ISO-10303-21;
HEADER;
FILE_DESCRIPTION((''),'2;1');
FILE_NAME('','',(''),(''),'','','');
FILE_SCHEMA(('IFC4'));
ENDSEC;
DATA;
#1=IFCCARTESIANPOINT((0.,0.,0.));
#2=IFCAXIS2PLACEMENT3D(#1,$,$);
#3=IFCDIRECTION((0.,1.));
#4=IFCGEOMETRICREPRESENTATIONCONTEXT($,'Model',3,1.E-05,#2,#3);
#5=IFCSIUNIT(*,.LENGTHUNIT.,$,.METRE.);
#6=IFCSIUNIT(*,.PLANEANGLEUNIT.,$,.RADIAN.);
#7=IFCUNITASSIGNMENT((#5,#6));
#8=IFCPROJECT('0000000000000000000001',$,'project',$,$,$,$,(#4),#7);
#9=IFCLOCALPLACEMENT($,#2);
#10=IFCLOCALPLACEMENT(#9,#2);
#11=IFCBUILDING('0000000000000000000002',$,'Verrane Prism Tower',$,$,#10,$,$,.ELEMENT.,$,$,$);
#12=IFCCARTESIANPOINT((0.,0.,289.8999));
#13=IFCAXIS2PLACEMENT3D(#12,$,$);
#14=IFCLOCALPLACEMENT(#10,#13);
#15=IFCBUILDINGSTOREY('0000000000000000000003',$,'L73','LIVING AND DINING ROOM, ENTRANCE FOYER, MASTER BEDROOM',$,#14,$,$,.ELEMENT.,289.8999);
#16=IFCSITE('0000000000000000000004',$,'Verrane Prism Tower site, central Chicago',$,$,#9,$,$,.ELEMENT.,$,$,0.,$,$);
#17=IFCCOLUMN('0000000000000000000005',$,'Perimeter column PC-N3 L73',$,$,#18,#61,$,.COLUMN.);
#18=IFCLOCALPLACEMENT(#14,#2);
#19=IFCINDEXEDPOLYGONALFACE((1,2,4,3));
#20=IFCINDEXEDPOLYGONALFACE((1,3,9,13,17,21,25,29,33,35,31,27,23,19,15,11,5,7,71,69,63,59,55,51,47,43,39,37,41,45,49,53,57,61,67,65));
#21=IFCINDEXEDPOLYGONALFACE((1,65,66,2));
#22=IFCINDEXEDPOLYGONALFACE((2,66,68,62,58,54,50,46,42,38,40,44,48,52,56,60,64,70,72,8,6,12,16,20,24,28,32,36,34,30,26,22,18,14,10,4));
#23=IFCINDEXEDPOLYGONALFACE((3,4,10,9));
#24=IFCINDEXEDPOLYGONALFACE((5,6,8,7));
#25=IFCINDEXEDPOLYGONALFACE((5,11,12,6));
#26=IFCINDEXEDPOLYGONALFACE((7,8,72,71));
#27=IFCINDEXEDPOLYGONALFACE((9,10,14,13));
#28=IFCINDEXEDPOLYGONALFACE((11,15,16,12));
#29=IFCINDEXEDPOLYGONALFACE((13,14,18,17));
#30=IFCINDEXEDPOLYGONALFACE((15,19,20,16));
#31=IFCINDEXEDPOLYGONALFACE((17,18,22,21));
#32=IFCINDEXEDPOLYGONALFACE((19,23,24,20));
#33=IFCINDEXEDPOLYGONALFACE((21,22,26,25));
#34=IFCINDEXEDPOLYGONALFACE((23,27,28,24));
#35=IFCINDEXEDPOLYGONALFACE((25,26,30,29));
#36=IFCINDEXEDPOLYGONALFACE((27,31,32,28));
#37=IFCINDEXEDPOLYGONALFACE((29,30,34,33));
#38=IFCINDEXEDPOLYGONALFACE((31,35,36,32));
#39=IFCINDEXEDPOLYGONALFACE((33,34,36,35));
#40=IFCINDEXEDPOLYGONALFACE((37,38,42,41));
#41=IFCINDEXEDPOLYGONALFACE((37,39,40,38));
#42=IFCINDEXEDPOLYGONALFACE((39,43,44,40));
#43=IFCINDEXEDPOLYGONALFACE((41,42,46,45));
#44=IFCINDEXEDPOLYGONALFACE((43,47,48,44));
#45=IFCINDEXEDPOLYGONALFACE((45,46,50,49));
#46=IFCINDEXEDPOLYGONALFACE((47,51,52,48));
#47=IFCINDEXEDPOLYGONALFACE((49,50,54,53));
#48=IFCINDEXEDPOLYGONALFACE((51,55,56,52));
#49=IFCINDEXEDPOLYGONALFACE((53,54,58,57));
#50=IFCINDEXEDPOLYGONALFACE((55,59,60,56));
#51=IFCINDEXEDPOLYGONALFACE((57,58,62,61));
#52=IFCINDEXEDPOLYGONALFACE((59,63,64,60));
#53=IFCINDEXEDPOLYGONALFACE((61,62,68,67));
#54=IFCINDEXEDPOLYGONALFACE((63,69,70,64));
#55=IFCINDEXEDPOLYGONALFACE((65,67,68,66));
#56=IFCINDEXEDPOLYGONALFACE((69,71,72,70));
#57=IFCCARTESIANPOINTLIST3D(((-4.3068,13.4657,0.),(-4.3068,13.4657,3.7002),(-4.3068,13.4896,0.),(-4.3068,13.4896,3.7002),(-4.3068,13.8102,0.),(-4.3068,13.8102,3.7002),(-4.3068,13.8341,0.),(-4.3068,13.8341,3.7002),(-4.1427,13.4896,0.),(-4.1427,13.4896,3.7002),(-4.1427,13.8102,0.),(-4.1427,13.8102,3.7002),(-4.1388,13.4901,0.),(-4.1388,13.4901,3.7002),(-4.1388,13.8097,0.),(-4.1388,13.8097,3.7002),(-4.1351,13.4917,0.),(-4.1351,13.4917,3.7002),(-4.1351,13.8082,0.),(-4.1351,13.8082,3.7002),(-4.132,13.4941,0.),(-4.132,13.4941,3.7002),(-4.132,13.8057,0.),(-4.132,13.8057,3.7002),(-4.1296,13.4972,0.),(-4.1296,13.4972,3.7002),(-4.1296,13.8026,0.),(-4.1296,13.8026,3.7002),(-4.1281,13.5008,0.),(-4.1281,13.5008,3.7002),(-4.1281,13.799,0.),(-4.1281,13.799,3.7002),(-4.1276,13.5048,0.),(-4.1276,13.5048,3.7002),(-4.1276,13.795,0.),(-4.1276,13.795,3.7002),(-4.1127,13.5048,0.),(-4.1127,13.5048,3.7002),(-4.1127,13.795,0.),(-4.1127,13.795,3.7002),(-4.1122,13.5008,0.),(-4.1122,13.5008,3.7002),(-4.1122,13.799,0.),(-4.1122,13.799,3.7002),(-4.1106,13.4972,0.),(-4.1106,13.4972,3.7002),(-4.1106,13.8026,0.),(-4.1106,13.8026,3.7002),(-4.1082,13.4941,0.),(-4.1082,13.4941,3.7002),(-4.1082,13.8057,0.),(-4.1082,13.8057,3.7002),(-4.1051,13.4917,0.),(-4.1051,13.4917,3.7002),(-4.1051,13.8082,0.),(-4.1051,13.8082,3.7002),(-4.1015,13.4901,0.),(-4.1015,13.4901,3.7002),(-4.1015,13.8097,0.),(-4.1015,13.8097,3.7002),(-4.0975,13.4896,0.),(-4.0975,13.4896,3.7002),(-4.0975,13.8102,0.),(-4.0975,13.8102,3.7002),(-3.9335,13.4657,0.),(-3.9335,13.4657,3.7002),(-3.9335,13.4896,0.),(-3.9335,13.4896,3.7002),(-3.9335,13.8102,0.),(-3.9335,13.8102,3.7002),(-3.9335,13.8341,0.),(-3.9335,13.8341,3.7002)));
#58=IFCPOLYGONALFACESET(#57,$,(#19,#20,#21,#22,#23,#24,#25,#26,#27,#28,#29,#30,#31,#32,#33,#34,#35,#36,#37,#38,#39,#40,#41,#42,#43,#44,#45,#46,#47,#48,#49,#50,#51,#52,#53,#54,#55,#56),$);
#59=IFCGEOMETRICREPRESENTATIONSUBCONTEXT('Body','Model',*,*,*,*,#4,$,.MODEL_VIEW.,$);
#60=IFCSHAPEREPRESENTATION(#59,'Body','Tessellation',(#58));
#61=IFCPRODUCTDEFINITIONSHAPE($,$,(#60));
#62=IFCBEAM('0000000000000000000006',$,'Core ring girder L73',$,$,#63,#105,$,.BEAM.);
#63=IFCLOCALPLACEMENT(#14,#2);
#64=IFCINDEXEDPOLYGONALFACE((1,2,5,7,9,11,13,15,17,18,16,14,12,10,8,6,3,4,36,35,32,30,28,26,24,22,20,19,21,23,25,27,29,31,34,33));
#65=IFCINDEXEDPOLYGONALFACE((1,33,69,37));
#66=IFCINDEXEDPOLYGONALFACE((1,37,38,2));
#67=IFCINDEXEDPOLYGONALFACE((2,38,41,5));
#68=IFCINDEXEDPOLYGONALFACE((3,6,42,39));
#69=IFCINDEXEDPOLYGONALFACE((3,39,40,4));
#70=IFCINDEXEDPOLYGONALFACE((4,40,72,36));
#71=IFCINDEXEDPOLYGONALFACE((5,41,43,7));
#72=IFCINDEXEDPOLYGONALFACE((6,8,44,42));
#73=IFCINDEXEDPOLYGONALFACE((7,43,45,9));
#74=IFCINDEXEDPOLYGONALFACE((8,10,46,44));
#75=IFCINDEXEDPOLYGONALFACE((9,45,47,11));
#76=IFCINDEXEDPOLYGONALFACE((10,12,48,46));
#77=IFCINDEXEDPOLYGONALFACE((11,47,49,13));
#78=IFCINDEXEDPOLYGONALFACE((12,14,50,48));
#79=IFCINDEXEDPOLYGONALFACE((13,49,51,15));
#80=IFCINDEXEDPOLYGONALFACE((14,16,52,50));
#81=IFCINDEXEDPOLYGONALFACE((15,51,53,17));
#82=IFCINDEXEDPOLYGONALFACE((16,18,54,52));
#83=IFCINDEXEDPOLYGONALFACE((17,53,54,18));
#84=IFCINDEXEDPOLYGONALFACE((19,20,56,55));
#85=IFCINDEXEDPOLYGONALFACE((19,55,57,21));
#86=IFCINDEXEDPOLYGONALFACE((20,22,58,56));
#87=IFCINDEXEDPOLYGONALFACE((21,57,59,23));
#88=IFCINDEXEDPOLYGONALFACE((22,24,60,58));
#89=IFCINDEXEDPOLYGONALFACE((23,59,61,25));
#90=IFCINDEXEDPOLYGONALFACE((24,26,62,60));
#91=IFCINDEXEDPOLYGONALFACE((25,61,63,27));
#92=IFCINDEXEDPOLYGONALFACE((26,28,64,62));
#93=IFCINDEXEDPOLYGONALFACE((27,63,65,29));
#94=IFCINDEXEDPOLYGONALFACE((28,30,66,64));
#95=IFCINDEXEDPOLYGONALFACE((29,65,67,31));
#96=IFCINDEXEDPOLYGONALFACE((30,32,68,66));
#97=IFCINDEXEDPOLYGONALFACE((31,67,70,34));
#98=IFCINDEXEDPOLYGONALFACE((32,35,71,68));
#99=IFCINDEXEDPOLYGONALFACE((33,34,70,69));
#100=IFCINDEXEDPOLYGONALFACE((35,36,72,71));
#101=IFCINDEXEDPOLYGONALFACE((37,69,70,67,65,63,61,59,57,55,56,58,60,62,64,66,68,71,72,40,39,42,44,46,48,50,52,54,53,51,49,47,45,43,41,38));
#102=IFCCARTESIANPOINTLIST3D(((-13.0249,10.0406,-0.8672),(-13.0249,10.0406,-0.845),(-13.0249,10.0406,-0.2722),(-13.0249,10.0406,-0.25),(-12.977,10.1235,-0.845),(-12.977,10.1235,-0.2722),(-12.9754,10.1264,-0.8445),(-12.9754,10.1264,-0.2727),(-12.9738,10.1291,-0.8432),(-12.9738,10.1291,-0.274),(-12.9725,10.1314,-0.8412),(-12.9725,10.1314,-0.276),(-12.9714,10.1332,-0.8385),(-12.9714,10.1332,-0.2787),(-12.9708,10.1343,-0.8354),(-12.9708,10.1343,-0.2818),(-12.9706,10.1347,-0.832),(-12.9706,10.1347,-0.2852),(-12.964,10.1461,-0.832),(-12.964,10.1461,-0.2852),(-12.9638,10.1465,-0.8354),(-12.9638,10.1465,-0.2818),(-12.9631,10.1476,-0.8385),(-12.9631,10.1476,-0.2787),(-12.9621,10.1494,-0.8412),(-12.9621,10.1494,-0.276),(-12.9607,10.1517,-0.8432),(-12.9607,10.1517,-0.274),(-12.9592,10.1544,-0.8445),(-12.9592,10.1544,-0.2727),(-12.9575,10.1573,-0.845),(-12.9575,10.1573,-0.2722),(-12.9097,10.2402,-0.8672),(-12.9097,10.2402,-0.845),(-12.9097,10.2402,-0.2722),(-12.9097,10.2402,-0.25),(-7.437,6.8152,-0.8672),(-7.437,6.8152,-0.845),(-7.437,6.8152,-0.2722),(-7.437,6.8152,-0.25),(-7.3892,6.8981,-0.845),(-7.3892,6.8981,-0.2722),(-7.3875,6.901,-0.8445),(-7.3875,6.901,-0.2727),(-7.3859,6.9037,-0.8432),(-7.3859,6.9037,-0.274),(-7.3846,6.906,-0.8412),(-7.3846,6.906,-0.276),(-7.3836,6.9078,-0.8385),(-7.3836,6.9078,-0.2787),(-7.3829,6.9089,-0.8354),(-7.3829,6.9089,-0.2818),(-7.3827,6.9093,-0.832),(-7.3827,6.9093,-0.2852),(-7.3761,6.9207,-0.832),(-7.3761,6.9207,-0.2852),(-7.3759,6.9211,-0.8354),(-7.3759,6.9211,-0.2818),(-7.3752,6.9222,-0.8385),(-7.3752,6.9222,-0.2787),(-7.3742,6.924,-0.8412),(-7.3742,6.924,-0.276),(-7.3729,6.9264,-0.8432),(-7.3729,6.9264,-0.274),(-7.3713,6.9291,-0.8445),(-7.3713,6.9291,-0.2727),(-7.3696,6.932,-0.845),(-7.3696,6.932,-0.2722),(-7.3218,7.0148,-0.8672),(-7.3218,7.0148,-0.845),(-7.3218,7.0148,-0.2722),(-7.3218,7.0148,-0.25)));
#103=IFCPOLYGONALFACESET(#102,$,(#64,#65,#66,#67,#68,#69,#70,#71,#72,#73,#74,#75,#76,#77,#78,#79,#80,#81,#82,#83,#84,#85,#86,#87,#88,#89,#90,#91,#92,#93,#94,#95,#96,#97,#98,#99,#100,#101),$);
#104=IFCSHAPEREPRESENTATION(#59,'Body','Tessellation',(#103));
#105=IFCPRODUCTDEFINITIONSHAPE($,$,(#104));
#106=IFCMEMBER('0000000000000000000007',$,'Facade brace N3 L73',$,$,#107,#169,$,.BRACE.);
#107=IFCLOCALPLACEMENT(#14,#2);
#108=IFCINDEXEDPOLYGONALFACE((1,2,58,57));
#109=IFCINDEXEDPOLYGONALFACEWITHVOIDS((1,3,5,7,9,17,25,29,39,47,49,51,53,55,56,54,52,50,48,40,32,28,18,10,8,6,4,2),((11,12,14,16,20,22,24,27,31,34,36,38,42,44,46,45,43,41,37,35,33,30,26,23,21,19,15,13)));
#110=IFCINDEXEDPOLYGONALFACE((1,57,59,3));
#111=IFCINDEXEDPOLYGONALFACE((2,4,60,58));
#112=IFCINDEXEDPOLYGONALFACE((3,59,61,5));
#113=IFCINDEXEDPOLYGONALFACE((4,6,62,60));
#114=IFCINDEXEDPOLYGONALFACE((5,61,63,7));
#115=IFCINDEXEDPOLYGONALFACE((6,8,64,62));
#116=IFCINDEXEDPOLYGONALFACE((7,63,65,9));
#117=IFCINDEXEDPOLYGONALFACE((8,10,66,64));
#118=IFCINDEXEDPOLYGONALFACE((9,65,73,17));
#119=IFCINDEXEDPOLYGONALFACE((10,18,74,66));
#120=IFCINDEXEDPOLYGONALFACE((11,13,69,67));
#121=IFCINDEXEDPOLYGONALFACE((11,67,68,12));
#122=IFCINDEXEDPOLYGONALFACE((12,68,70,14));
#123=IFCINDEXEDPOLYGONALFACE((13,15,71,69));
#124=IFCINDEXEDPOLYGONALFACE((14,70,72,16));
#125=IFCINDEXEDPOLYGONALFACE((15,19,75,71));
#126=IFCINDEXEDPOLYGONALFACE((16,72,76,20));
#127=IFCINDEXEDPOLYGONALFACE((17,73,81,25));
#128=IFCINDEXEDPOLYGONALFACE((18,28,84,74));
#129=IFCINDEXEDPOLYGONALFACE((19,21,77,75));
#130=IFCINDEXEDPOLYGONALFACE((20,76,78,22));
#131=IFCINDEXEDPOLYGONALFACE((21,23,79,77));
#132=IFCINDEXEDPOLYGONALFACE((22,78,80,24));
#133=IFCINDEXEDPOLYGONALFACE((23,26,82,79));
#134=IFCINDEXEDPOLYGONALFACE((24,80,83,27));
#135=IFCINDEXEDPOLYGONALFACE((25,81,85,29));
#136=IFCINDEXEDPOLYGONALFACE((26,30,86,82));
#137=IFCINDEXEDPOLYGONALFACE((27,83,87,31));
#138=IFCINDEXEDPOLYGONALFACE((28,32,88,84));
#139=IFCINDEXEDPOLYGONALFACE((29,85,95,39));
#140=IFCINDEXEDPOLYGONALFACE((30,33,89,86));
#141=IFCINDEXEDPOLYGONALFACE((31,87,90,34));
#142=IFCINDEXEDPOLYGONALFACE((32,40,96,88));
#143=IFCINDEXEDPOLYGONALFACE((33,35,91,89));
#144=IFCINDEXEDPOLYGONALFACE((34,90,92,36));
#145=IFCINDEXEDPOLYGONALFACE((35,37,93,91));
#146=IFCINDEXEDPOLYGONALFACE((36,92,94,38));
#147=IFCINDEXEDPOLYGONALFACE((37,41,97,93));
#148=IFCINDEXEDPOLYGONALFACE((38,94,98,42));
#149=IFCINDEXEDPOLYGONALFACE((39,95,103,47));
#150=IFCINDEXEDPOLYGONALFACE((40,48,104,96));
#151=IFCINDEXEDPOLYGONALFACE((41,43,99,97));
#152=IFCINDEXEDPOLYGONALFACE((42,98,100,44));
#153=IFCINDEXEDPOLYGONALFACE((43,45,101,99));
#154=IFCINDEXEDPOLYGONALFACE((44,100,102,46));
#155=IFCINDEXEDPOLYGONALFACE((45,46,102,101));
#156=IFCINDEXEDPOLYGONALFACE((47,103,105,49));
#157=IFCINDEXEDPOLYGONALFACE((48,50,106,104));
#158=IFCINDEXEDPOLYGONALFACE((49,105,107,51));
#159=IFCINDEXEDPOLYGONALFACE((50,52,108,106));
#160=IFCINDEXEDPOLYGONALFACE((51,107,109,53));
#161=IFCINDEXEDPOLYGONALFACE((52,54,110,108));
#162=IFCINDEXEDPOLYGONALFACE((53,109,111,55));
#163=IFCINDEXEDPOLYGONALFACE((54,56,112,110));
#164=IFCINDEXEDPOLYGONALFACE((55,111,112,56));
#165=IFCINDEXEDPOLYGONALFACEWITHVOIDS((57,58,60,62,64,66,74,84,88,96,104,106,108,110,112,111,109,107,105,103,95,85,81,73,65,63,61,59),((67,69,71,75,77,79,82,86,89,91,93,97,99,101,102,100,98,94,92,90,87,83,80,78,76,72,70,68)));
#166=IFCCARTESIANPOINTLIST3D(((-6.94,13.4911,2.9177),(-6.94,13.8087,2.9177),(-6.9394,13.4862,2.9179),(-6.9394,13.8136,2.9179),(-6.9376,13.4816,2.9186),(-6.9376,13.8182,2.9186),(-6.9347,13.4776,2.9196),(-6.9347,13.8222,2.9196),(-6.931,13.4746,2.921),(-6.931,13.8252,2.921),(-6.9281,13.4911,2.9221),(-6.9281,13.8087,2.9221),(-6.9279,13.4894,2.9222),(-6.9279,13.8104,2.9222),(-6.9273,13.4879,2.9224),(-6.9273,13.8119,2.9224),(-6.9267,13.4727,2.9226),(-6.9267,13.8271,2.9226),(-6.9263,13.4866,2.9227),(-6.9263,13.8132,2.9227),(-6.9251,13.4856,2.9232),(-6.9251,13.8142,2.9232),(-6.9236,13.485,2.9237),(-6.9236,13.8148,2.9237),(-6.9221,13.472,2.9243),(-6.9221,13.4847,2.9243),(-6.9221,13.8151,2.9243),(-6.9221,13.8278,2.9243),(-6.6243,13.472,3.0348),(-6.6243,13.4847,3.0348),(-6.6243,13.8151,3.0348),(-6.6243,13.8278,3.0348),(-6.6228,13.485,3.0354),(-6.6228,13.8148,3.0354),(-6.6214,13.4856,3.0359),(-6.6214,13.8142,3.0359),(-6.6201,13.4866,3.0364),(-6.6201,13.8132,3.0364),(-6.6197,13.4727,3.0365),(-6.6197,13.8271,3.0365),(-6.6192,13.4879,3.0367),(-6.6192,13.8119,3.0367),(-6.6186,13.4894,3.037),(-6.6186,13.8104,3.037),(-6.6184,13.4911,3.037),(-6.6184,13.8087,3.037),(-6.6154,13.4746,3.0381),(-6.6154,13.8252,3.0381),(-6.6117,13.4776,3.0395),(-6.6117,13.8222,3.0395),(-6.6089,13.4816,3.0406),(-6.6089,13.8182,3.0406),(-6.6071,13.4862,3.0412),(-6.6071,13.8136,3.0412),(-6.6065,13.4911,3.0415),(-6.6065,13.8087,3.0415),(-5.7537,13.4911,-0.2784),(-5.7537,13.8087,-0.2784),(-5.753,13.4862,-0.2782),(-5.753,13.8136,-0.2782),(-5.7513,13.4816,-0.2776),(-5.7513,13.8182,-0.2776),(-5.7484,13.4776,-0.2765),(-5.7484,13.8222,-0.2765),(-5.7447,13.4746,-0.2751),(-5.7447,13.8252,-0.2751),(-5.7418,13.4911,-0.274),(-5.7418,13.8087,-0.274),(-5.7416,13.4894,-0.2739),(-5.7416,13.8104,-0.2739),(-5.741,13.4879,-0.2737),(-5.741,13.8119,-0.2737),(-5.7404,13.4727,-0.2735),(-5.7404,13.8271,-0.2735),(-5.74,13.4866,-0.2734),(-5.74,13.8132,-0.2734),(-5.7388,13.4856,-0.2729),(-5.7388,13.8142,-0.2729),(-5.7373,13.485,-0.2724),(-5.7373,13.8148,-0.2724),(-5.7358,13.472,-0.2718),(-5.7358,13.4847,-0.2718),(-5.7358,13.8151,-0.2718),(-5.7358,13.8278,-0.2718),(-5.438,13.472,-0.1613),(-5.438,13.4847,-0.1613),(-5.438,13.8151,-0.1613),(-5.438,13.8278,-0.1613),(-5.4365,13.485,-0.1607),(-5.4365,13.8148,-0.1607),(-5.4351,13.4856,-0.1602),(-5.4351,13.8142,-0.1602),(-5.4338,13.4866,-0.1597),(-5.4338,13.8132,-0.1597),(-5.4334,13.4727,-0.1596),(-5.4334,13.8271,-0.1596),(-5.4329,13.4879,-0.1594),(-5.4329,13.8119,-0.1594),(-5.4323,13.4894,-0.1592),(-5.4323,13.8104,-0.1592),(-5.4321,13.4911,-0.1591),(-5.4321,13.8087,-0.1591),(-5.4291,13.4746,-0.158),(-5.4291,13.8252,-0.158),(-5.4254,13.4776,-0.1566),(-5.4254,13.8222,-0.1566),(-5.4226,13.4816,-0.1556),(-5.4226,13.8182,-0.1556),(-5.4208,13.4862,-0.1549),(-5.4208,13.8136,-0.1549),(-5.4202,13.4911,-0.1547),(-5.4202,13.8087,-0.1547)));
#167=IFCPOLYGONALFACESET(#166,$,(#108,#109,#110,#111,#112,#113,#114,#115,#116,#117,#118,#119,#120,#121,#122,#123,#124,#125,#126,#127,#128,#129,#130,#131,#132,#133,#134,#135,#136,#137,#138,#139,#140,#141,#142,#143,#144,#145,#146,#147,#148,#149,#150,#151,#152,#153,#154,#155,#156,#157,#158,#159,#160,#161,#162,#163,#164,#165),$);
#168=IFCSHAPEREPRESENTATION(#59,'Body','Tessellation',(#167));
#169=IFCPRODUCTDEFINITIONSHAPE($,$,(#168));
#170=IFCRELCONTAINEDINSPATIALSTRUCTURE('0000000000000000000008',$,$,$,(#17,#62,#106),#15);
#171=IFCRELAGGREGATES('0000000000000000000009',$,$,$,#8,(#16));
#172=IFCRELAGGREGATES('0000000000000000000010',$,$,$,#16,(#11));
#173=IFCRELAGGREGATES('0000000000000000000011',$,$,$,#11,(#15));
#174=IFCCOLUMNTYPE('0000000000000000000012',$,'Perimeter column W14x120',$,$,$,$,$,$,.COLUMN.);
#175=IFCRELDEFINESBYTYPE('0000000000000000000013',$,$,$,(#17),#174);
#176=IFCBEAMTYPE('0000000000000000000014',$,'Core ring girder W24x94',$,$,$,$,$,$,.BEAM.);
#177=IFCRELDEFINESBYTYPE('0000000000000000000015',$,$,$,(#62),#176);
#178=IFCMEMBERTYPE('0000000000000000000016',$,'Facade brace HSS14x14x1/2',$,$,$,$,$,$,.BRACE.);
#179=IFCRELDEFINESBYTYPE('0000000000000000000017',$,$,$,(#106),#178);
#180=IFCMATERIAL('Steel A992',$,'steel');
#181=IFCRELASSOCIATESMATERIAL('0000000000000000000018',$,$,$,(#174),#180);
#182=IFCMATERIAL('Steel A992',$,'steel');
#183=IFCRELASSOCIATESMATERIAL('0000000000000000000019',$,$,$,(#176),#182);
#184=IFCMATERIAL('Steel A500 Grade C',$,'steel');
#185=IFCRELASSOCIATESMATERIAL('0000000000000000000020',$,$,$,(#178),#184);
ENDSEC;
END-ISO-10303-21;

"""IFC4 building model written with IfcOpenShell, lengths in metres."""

from ifc_helpers import new_model, si_unit, direction, frame, origin, origin_2d, place, context, subcontext, project, spatial, hollow_rectangle, i_section, extrude, material, material_profile, profile_set, type_object, element, save


model = new_model("IFC4")

# Units and contexts
model_context = context("Model", 3, precision=1e-05, world=origin(), true_north=direction((0.0, 1.0)))
body_context = subcontext(model_context, "Body", "Model", "MODEL_VIEW")
ifc_project = project(units=[si_unit("LENGTHUNIT", "METRE"), si_unit("PLANEANGLEUNIT", "RADIAN")], contexts=[model_context])

# Site, building, storey
site_placement = place(None, origin())
site = spatial("IfcSite", under=ifc_project, at=site_placement, Name="Verrane Prism Tower site, central Chicago", CompositionType="ELEMENT", RefElevation=0.0)
building_placement = place(site_placement, origin())
building = spatial("IfcBuilding", under=site, at=building_placement, Name="Verrane Prism Tower", CompositionType="ELEMENT")
storey_placement = place(building_placement, frame((0.0, 0.0, 289.8999)))
storey = spatial("IfcBuildingStorey", under=building, at=storey_placement, Name="L73", Description="LIVING AND DINING ROOM, ENTRANCE FOYER, MASTER BEDROOM", CompositionType="ELEMENT", Elevation=289.8999)

# Column
ifc_material_1 = material(Name="Steel A992", Category="steel")
ifc_material_profile_1 = material_profile(ifc_material_1, i_section(OverallWidth=0.3733, OverallDepth=0.3684, WebThickness=0.0149, FlangeThickness=0.0239, FilletRadius=0.0151, at=origin_2d()), Name="W14x120")
ifc_profile_set_1 = profile_set([ifc_material_profile_1], Name="Steel A992")
column_type = type_object("IfcColumnType", Name="Perimeter column W14x120", PredefinedType="COLUMN", material=ifc_profile_set_1)
column_placement = place(storey_placement, frame((-4.1201, 13.6499, 0.0), z_axis=(0.0, 0.0, 1.0), x_axis=(1.0, 0.0, 0.0)))
element("IfcColumn", 1, at=column_placement, inside=storey, type_object=column_type, Name="Perimeter column PC-N3 L73", PredefinedType="COLUMN", context=body_context, shape_type="SweptSolid", body=[
    extrude(i_section(OverallWidth=0.3733, OverallDepth=0.3684, WebThickness=0.0149, FlangeThickness=0.0239, FilletRadius=0.0151, at=origin_2d()), origin(), (0.0, 0.0, 1.0), 3.7002),
])

# Beam
ifc_material_2 = material(Name="Steel A992", Category="steel")
ifc_material_profile_2 = material_profile(ifc_material_2, i_section(OverallWidth=0.2305, OverallDepth=0.6172, WebThickness=0.0132, FlangeThickness=0.0222, FilletRadius=0.0129, at=origin_2d()), Name="W24x94")
ifc_profile_set_2 = profile_set([ifc_material_profile_2], Name="Steel A992")
beam_type_1 = type_object("IfcBeamType", Name="Core ring girder W24x94", PredefinedType="BEAM", material=ifc_profile_set_2)
beam_1_placement = place(storey_placement, frame((-7.3794, 6.915, -0.5586), z_axis=(-0.866081, 0.499904, 0.0), x_axis=(-0.499904, -0.866081, 0.0)))
element("IfcBeam", 2, at=beam_1_placement, inside=storey, type_object=beam_type_1, Name="Core ring girder L73", PredefinedType="BEAM", context=body_context, shape_type="SweptSolid", body=[
    extrude(i_section(OverallWidth=0.2305, OverallDepth=0.6172, WebThickness=0.0132, FlangeThickness=0.0222, FilletRadius=0.0129, at=origin_2d()), origin(), (0.0, 0.0, 1.0), 6.4519),
])

# Member
ifc_material_3 = material(Name="Steel A500 Grade C", Category="steel")
ifc_material_profile_3 = material_profile(ifc_material_3, hollow_rectangle(XDim=0.3557, YDim=0.3557, WallThickness=0.0127, InnerFilletRadius=0.0063, OuterFilletRadius=0.019, at=origin_2d()), Name="HSS14x14x1/2")
ifc_profile_set_3 = profile_set([ifc_material_profile_3], Name="Steel A500 Grade C")
member_type_1 = type_object("IfcMemberType", Name="Facade brace HSS14x14x1/2", PredefinedType="BRACE", material=ifc_profile_set_3)
member_1_placement = place(storey_placement, frame((-5.5869, 13.6499, -0.2166), z_axis=(-0.347974, 0.0, 0.937504), x_axis=(0.0, -1.0, 0.0)))
element("IfcMember", 3, at=member_1_placement, inside=storey, type_object=member_type_1, Name="Facade brace N3 L73", PredefinedType="BRACE", context=body_context, shape_type="SweptSolid", body=[
    extrude(hollow_rectangle(XDim=0.3557, YDim=0.3557, WallThickness=0.0127, InnerFilletRadius=0.0063, OuterFilletRadius=0.019, at=origin_2d()), origin(), (0.0, 0.0, 1.0), 3.4092),
])

save(model, "model.ifc")
